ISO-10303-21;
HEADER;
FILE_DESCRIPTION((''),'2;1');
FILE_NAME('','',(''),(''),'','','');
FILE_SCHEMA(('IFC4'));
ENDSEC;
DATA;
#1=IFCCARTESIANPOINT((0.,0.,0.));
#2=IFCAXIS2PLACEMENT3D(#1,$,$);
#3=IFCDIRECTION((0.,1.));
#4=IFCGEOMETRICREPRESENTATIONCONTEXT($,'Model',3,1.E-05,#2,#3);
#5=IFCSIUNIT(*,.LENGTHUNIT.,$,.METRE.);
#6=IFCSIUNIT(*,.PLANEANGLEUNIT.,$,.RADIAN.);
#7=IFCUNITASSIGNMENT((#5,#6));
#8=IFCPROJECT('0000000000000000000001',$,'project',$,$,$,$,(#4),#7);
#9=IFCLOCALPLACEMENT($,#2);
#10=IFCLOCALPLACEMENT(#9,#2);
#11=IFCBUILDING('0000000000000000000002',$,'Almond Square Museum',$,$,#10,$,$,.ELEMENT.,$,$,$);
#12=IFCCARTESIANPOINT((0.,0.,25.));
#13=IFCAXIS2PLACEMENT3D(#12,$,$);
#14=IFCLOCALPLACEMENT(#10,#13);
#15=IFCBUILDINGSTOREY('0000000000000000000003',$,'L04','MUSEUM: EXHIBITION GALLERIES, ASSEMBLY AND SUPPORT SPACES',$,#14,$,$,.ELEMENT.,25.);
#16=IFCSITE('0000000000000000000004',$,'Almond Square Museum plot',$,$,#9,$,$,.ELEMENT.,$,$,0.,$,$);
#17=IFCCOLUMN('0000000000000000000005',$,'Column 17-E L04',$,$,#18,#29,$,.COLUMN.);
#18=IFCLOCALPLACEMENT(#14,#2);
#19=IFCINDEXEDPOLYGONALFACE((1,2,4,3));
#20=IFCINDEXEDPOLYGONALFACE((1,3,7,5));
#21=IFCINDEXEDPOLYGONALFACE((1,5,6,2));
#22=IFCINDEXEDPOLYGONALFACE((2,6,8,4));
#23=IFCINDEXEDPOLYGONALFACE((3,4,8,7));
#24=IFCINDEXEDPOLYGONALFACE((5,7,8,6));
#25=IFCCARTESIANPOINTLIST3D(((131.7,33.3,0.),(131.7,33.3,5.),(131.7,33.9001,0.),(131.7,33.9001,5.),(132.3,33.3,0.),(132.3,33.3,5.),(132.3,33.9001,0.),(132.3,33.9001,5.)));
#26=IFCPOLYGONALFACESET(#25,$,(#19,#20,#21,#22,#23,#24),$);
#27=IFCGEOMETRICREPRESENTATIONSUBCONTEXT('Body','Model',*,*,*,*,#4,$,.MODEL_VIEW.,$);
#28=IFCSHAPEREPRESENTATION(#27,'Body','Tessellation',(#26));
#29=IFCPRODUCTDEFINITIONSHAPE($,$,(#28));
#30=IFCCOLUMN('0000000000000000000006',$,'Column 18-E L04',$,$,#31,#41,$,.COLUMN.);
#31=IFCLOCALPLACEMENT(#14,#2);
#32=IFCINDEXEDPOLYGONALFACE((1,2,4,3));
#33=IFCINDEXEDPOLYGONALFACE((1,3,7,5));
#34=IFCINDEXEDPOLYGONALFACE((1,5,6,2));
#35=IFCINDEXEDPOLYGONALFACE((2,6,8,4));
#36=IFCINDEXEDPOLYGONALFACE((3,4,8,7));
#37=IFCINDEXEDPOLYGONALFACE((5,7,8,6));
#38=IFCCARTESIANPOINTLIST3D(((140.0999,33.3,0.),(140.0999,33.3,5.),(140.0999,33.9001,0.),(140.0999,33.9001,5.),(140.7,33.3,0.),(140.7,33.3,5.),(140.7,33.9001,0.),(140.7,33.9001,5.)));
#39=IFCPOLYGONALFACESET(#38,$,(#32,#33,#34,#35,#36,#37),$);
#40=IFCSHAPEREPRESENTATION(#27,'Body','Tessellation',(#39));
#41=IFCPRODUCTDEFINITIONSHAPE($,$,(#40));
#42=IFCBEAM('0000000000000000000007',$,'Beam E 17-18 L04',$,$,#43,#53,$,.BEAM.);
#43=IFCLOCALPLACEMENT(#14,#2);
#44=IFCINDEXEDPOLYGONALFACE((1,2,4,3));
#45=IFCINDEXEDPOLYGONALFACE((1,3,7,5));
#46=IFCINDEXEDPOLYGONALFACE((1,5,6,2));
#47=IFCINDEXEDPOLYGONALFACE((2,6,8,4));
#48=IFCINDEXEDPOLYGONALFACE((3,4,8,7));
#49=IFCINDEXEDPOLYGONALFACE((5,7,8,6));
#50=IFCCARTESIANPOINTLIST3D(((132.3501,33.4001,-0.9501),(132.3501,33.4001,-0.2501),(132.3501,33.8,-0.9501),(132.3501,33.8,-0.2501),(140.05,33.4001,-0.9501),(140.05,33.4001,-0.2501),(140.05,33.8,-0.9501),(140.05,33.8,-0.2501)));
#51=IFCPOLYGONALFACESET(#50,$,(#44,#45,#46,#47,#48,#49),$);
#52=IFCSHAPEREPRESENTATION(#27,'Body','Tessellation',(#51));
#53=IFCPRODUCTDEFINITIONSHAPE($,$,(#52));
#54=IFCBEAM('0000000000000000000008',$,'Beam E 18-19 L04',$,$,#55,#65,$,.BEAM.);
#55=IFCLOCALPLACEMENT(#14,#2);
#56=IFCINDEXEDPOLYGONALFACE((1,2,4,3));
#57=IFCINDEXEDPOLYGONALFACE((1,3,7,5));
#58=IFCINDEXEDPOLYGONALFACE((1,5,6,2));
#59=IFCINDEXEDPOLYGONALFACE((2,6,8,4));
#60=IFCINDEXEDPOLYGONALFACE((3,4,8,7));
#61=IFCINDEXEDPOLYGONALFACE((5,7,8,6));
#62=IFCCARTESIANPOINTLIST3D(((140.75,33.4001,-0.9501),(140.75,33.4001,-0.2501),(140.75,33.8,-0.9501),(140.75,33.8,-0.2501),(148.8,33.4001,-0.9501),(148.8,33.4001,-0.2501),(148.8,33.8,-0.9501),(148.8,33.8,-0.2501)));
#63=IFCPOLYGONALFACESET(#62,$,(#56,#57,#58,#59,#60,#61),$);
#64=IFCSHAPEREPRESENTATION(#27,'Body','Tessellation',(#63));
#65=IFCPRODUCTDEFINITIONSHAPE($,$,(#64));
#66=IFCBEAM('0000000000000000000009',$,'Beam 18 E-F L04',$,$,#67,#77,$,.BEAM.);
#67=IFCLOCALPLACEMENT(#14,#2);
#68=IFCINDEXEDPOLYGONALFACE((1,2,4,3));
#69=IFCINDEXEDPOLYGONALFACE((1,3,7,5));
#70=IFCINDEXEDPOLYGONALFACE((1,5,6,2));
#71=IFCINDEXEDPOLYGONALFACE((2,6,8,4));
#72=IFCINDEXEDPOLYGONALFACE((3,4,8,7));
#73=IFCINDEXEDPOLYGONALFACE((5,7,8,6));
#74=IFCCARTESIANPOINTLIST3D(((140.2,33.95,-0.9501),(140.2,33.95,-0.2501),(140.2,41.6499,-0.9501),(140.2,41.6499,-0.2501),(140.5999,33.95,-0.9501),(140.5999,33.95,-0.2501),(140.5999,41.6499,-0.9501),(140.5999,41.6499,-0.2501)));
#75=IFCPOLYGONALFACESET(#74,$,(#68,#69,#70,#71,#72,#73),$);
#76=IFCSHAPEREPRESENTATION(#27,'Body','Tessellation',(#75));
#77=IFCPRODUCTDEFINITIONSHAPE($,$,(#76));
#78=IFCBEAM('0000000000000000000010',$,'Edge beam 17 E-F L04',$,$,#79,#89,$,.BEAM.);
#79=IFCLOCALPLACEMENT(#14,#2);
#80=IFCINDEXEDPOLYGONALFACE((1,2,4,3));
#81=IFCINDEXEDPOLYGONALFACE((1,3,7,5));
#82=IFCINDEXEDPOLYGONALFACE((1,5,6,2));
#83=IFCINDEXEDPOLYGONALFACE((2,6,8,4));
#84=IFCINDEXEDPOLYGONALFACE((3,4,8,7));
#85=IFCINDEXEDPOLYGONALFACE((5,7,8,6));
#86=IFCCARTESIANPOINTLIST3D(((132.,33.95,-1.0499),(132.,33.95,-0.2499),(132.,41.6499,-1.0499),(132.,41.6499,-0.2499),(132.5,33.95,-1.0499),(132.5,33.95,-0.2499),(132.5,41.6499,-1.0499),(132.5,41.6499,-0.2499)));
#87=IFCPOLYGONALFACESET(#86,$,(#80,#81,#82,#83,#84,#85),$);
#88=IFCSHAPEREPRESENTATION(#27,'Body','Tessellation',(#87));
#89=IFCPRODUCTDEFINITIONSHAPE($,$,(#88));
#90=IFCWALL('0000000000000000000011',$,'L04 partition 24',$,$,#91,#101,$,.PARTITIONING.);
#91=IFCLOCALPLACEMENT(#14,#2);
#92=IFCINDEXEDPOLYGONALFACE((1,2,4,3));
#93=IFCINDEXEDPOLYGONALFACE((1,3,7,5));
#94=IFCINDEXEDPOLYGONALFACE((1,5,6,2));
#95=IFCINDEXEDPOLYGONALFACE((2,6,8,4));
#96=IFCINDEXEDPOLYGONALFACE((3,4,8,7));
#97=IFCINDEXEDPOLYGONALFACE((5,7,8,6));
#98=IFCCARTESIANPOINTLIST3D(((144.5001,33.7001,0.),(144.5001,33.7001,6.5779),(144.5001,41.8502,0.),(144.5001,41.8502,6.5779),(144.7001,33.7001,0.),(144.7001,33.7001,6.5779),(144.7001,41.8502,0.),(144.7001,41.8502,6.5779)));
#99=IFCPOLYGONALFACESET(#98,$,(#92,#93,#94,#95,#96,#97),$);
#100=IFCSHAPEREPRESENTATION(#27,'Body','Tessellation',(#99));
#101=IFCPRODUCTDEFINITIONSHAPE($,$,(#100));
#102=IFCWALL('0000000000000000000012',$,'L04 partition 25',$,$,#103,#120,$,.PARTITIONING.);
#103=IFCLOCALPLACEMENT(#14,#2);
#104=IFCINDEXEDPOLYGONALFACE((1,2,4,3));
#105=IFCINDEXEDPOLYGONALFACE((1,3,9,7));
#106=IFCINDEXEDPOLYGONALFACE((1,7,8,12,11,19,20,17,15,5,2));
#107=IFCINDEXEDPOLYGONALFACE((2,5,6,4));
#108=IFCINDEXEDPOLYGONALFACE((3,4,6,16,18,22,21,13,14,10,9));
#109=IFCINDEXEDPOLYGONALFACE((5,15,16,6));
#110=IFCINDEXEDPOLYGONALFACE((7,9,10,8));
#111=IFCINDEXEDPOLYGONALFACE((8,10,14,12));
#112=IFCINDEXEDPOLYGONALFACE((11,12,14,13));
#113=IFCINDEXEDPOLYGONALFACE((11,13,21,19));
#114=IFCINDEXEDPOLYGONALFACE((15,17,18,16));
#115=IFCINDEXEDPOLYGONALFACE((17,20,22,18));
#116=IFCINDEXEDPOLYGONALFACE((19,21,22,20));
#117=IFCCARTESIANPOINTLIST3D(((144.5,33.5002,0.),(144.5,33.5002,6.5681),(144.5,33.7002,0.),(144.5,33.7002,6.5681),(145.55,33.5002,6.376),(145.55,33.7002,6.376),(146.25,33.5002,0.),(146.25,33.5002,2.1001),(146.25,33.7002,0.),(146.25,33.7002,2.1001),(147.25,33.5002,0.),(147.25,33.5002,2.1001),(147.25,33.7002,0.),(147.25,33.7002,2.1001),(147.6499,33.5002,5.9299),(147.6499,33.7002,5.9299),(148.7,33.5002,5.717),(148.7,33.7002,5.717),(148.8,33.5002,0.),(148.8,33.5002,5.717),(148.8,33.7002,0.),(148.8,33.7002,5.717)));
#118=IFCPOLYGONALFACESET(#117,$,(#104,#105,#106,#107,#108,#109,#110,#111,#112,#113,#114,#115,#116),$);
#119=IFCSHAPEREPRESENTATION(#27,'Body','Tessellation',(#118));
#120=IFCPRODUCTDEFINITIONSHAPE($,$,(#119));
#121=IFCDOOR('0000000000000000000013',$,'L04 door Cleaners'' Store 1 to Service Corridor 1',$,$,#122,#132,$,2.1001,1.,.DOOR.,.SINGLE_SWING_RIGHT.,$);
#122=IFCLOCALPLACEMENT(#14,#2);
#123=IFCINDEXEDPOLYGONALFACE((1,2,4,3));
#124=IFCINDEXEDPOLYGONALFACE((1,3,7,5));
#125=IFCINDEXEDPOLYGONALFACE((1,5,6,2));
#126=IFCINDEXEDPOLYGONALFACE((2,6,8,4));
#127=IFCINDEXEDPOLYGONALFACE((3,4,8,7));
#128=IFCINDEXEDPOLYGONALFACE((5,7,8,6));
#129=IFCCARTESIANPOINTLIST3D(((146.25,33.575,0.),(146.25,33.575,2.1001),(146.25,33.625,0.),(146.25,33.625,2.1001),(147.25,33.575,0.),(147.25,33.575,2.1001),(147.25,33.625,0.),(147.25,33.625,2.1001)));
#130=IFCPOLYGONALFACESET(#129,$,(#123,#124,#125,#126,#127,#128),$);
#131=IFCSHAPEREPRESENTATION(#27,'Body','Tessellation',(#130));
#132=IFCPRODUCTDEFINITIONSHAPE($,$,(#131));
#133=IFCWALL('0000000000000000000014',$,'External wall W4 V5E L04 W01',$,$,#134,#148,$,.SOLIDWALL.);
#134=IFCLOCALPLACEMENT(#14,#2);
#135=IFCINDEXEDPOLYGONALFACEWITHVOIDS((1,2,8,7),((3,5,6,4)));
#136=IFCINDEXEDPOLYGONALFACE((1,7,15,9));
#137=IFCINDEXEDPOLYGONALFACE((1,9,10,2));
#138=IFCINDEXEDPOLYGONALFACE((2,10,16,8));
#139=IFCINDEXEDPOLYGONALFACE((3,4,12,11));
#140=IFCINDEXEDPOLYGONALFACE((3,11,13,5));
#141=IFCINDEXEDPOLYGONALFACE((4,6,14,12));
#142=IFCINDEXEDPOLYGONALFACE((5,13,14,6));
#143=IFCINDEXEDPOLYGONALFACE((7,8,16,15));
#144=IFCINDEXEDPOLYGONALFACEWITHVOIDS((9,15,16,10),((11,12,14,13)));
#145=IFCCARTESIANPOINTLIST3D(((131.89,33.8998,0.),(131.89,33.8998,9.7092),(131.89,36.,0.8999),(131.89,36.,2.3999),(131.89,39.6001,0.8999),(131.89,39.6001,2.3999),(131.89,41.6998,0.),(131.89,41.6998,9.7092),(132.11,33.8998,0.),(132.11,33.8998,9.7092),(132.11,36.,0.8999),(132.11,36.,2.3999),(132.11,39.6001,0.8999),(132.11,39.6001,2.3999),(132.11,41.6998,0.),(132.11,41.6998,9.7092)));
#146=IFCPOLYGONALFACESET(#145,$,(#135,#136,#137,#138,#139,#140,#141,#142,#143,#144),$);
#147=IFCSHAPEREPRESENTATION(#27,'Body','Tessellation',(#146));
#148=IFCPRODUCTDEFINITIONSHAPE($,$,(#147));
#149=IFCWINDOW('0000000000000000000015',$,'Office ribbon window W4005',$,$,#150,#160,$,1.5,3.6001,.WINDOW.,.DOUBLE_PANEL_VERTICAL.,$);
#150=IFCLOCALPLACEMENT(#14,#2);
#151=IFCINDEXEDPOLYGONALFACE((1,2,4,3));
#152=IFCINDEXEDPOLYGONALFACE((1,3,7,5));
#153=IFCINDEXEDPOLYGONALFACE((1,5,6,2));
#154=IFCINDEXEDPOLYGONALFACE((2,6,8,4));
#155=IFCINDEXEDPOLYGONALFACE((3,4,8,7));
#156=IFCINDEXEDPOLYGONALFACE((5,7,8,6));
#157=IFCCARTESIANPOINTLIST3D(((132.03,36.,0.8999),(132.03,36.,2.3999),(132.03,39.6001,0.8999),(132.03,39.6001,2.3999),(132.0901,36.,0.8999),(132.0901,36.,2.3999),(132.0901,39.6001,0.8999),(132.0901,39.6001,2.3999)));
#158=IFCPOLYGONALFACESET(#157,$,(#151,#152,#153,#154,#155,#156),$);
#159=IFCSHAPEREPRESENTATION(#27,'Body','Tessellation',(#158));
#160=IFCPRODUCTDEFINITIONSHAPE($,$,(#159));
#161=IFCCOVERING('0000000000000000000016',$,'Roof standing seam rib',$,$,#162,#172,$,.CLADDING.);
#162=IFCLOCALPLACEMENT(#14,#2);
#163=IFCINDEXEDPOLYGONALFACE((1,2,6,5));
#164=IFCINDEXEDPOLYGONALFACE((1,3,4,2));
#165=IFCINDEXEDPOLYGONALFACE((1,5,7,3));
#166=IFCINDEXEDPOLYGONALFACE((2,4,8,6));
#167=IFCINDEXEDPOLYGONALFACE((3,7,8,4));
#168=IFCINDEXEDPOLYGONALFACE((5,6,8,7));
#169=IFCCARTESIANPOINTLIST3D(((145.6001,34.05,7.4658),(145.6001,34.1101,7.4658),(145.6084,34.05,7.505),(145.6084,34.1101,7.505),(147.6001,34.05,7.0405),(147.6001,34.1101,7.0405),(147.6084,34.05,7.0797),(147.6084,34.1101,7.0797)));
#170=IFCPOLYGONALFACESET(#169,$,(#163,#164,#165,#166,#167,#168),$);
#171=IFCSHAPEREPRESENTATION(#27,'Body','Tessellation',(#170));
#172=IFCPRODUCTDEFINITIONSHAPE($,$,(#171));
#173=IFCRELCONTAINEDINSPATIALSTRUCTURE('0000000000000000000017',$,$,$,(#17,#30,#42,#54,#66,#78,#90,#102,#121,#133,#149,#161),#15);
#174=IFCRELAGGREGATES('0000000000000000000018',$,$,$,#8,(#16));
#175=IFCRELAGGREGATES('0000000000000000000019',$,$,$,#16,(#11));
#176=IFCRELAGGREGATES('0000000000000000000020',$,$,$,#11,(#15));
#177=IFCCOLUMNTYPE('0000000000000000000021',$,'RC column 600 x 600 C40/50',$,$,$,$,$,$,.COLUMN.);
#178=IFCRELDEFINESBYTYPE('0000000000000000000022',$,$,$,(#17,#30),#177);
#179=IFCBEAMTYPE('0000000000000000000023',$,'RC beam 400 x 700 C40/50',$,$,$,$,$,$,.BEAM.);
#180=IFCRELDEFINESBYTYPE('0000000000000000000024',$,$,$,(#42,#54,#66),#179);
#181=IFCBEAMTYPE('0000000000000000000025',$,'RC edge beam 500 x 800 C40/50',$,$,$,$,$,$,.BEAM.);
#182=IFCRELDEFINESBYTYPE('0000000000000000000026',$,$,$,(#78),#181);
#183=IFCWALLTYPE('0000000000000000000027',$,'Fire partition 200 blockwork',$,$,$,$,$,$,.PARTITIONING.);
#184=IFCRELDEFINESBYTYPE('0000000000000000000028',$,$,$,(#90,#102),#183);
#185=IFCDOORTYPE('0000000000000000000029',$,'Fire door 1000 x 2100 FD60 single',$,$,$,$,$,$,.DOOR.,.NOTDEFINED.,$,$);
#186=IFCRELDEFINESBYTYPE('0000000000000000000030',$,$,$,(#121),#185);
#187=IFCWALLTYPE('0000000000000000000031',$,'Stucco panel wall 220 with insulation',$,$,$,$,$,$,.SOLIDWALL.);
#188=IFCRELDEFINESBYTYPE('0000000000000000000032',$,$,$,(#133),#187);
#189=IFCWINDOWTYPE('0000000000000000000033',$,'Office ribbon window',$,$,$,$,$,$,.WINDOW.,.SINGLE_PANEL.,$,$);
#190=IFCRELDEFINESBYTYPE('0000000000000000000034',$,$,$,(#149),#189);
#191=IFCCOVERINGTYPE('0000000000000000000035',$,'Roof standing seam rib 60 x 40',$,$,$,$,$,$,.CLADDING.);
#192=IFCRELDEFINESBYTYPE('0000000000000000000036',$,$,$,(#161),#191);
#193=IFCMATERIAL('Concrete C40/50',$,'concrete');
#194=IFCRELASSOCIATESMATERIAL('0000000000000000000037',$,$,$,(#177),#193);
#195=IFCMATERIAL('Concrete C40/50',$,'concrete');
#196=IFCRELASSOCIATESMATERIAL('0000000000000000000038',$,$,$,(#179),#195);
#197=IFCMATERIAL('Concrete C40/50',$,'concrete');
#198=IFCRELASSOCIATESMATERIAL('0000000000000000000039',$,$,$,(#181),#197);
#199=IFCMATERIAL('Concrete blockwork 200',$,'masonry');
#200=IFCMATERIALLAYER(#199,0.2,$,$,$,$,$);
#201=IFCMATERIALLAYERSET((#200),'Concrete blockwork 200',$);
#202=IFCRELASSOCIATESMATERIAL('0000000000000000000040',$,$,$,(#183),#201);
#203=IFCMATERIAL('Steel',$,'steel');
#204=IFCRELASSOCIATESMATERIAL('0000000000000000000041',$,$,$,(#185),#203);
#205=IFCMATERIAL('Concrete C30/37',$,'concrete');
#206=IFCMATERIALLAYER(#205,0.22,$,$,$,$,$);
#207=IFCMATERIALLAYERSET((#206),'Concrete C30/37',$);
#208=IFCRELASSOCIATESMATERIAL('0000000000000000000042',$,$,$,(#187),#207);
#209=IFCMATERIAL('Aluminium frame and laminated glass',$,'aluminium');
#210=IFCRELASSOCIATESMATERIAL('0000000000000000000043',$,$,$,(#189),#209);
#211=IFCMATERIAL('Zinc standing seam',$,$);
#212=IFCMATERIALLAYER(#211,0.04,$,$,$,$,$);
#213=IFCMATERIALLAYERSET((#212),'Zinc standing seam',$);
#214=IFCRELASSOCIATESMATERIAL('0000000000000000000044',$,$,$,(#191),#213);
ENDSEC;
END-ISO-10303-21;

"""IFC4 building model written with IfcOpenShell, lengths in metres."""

from ifc_helpers import new_model, si_unit, direction, frame, frame_2d, origin, origin_2d, place, context, subcontext, project, spatial, polyline, rectangle, outline, extrude, material, layer, layer_set, material_profile, profile_set, type_object, element, fill, save


model = new_model("IFC4")

# Units and contexts
model_context = context("Model", 3, precision=1e-05, world=origin(), true_north=direction((0.0, 1.0)))
body_context = subcontext(model_context, "Body", "Model", "MODEL_VIEW")
ifc_project = project(units=[si_unit("LENGTHUNIT", "METRE"), si_unit("PLANEANGLEUNIT", "RADIAN")], contexts=[model_context])

# Site, building, storey
site_placement = place(None, origin())
site = spatial("IfcSite", under=ifc_project, at=site_placement, Name="Almond Square Museum plot", CompositionType="ELEMENT", RefElevation=0.0)
building_placement = place(site_placement, origin())
building = spatial("IfcBuilding", under=site, at=building_placement, Name="Almond Square Museum", CompositionType="ELEMENT")
storey_placement = place(building_placement, frame((0.0, 0.0, 25.0)))
storey = spatial("IfcBuildingStorey", under=building, at=storey_placement, Name="L04", Description="MUSEUM: EXHIBITION GALLERIES, ASSEMBLY AND SUPPORT SPACES", CompositionType="ELEMENT", Elevation=25.0)

# Columns
ifc_material_1 = material(Name="Concrete C40/50", Category="concrete")
ifc_material_profile_1 = material_profile(ifc_material_1, rectangle(XDim=0.6001, YDim=0.6001, at=origin_2d()))
ifc_profile_set_1 = profile_set([ifc_material_profile_1], Name="Concrete C40/50")
column_type = type_object("IfcColumnType", Name="RC column 600 x 600 C40/50", PredefinedType="COLUMN", material=ifc_profile_set_1)
for number, where, z_axis, x_axis, name in (
    (1, (132.0, 33.6001, 0.0), (0.0, 0.0, 1.0), (1.0, 0.0, 0.0), "Column 17-E L04"),
    (2, (140.3999, 33.6001, 0.0), (0.0, 0.0, 1.0), (1.0, 0.0, 0.0), "Column 18-E L04"),
):
    element("IfcColumn", number, at=place(storey_placement, frame(where, z_axis=z_axis, x_axis=x_axis)), inside=storey, type_object=column_type, Name=name, PredefinedType="COLUMN", context=body_context, shape_type="SweptSolid", body=[
        extrude(rectangle(XDim=0.6001, YDim=0.6001, at=origin_2d()), origin(), (0.0, 0.0, 1.0), 5.0),
    ])

# Beams
ifc_material_2 = material(Name="Concrete C40/50", Category="concrete")
ifc_material_profile_2 = material_profile(ifc_material_2, rectangle(XDim=0.3999, YDim=0.7, at=origin_2d()))
ifc_profile_set_2 = profile_set([ifc_material_profile_2], Name="Concrete C40/50")
beam_type_1 = type_object("IfcBeamType", Name="RC beam 400 x 700 C40/50", PredefinedType="BEAM", material=ifc_profile_set_2)
beam_1_placement = place(storey_placement, frame((132.3501, 33.6001, -0.6001), z_axis=(1.0, 0.0, 0.0), x_axis=(0.0, 1.0, 0.0)))
element("IfcBeam", 3, at=beam_1_placement, inside=storey, type_object=beam_type_1, Name="Beam E 17-18 L04", PredefinedType="BEAM", context=body_context, shape_type="SweptSolid", body=[
    extrude(rectangle(XDim=0.3999, YDim=0.7, at=origin_2d()), origin(), (0.0, 0.0, 1.0), 7.7),
])
beam_2_placement = place(storey_placement, frame((140.75, 33.6001, -0.6001), z_axis=(1.0, 0.0, 0.0), x_axis=(0.0, 1.0, 0.0)))
element("IfcBeam", 4, at=beam_2_placement, inside=storey, type_object=beam_type_1, Name="Beam E 18-19 L04", PredefinedType="BEAM", context=body_context, shape_type="SweptSolid", body=[
    extrude(rectangle(XDim=0.3999, YDim=0.7, at=origin_2d()), origin(), (0.0, 0.0, 1.0), 8.05),
])
beam_3_placement = place(storey_placement, frame((140.3999, 33.95, -0.6001), z_axis=(0.0, 1.0, 0.0), x_axis=(-1.0, 0.0, 0.0)))
element("IfcBeam", 5, at=beam_3_placement, inside=storey, type_object=beam_type_1, Name="Beam 18 E-F L04", PredefinedType="BEAM", context=body_context, shape_type="SweptSolid", body=[
    extrude(rectangle(XDim=0.3999, YDim=0.7, at=origin_2d()), origin(), (0.0, 0.0, 1.0), 7.7),
])
ifc_material_3 = material(Name="Concrete C40/50", Category="concrete")
ifc_material_profile_3 = material_profile(ifc_material_3, rectangle(XDim=0.5, YDim=0.8, at=origin_2d()))
ifc_profile_set_3 = profile_set([ifc_material_profile_3], Name="Concrete C40/50")
beam_type_2 = type_object("IfcBeamType", Name="RC edge beam 500 x 800 C40/50", PredefinedType="BEAM", material=ifc_profile_set_3)
beam_4_placement = place(storey_placement, frame((132.25, 33.95, -0.6499), z_axis=(0.0, 1.0, 0.0), x_axis=(-1.0, 0.0, 0.0)))
element("IfcBeam", 6, at=beam_4_placement, inside=storey, type_object=beam_type_2, Name="Edge beam 17 E-F L04", PredefinedType="BEAM", context=body_context, shape_type="SweptSolid", body=[
    extrude(rectangle(XDim=0.5, YDim=0.8, at=origin_2d()), origin(), (0.0, 0.0, 1.0), 7.7),
])

# Wall
ifc_material_4 = material(Name="Concrete blockwork 200", Category="masonry")
ifc_layer_1 = layer(ifc_material_4, 0.2)
ifc_layer_set_1 = layer_set([ifc_layer_1], Name="Concrete blockwork 200")
wall_type_1 = type_object("IfcWallType", Name="Fire partition 200 blockwork", PredefinedType="PARTITIONING", material=ifc_layer_set_1)
wall_1_placement = place(storey_placement, frame((144.6001, 33.7, 0.0), z_axis=(0.0, 0.0, 1.0), x_axis=(0.0, 1.0, 0.0)))
element("IfcWall", 7, at=wall_1_placement, inside=storey, type_object=wall_type_1, Name="L04 partition 24", PredefinedType="PARTITIONING", context=body_context, shape_type="SweptSolid", body=[
    extrude(rectangle(XDim=8.1501, YDim=0.2, at=frame_2d((4.0752, 0.0))), origin(), (0.0, 0.0, 1.0), 6.5779),
])

# Wall, opening, door
wall_2_placement = place(storey_placement, frame((144.5, 33.6001, 0.0), z_axis=(0.0, 0.0, 1.0), x_axis=(1.0, 0.0, 0.0)))
wall_2 = element("IfcWall", 8, at=wall_2_placement, inside=storey, type_object=wall_type_1, Name="L04 partition 25", PredefinedType="PARTITIONING", context=body_context, shape_type="SweptSolid", body=[
    extrude(outline(polyline([(0.0, 0.0), (4.3, 0.0), (4.3, 5.717), (4.2, 5.717), (3.1499, 5.9299), (1.05, 6.376), (0.0, 6.5681), (0.0, 0.0)])), frame((0.0, 0.1001, 0.0), z_axis=(0.0, -1.0, 0.0), x_axis=(1.0, 0.0, 0.0)), (0.0, 0.0, 1.0), 0.2),
])
opening_1_placement = place(wall_2_placement, frame((1.75, 0.0, 0.0)))
opening_1 = element("IfcOpeningElement", 9, at=opening_1_placement, cuts=wall_2, PredefinedType="OPENING", context=body_context, shape_type="SweptSolid", body=[
    extrude(rectangle(XDim=1.0, YDim=2.1001, at=frame_2d((0.5, 1.05))), frame((0.0, 0.1099, 0.0), z_axis=(0.0, -1.0, 0.0), x_axis=(1.0, 0.0, 0.0)), (0.0, 0.0, 1.0), 0.22),
])
ifc_material_5 = material(Name="Steel", Category="steel")
door_type = type_object("IfcDoorType", Name="Fire door 1000 x 2100 FD60 single", OperationType="NOTDEFINED", PredefinedType="DOOR", material=ifc_material_5)
door_placement = place(opening_1_placement, origin())
door = element("IfcDoor", 10, at=door_placement, inside=storey, type_object=door_type, Name="L04 door Cleaners' Store 1 to Service Corridor 1", OperationType="SINGLE_SWING_RIGHT", OverallHeight=2.1001, OverallWidth=1.0, PredefinedType="DOOR", context=body_context, shape_type="SweptSolid", body=[
    extrude(rectangle(XDim=1.0, YDim=2.1001, at=frame_2d((0.5, 1.05))), frame((0.0, 0.0249, 0.0), z_axis=(0.0, -1.0, 0.0), x_axis=(1.0, 0.0, 0.0)), (0.0, 0.0, 1.0), 0.05),
])
fill(opening_1, door)

# Wall, opening, window
ifc_material_6 = material(Name="Concrete C30/37", Category="concrete")
ifc_layer_2 = layer(ifc_material_6, 0.22)
ifc_layer_set_2 = layer_set([ifc_layer_2], Name="Concrete C30/37")
wall_type_2 = type_object("IfcWallType", Name="Stucco panel wall 220 with insulation", PredefinedType="SOLIDWALL", material=ifc_layer_set_2)
wall_3_placement = place(storey_placement, frame((132.0, 33.8999, 0.0), z_axis=(0.0, 0.0, 1.0), x_axis=(0.0, 1.0, 0.0)))
wall_3 = element("IfcWall", 11, at=wall_3_placement, inside=storey, type_object=wall_type_2, Name="External wall W4 V5E L04 W01", PredefinedType="SOLIDWALL", context=body_context, shape_type="SweptSolid", body=[
    extrude(rectangle(XDim=7.8, YDim=0.22, at=frame_2d((3.8999, 0.0))), origin(), (0.0, 0.0, 1.0), 9.7092),
])
opening_2_placement = place(wall_3_placement, frame((2.1001, 0.0, 0.8999)))
opening_2 = element("IfcOpeningElement", 12, at=opening_2_placement, cuts=wall_3, PredefinedType="OPENING", context=body_context, shape_type="SweptSolid", body=[
    extrude(rectangle(XDim=3.6001, YDim=1.5, at=frame_2d((1.8, 0.75))), frame((0.0, 0.1199, 0.0), z_axis=(0.0, -1.0, 0.0), x_axis=(1.0, 0.0, 0.0)), (0.0, 0.0, 1.0), 0.24),
])
ifc_material_7 = material(Name="Aluminium frame and laminated glass", Category="aluminium")
window_type = type_object("IfcWindowType", Name="Office ribbon window", PartitioningType="SINGLE_PANEL", PredefinedType="WINDOW", material=ifc_material_7)
window_placement = place(opening_2_placement, origin())
window = element("IfcWindow", 13, at=window_placement, inside=storey, type_object=window_type, Name="Office ribbon window W4005", OverallHeight=1.5, OverallWidth=3.6001, PartitioningType="DOUBLE_PANEL_VERTICAL", PredefinedType="WINDOW", context=body_context, shape_type="SweptSolid", body=[
    extrude(rectangle(XDim=3.6001, YDim=1.5, at=frame_2d((1.8, 0.75))), frame((0.0, -0.03, 0.0), z_axis=(0.0, -1.0, 0.0), x_axis=(1.0, 0.0, 0.0)), (0.0, 0.0, 1.0), 0.0601),
])
fill(opening_2, window)

# Covering
ifc_material_8 = material(Name="Zinc standing seam")
ifc_layer_3 = layer(ifc_material_8, 0.04)
ifc_layer_set_3 = layer_set([ifc_layer_3], Name="Zinc standing seam")
covering_type_1 = type_object("IfcCoveringType", Name="Roof standing seam rib 60 x 40", PredefinedType="CLADDING", material=ifc_layer_set_3)
for number, where, z_axis, x_axis, name in (
    (14, (147.6001, 34.05, 7.0405), (0.207996, 0.0, 0.97813), (0.0, 1.0, 0.0), "Roof standing seam rib"),
):
    element("IfcCovering", number, at=place(storey_placement, frame(where, z_axis=z_axis, x_axis=x_axis)), inside=storey, type_object=covering_type_1, Name=name, PredefinedType="CLADDING", context=body_context, shape_type="SweptSolid", body=[
        extrude(outline(polyline([(0.0, 0.0), (0.0601, 0.0), (0.0601, 2.0447), (0.0, 2.0447), (0.0, 0.0)])), origin(), (0.0, 0.0, 1.0), 0.04),
    ])

save(model, "model.ifc")
